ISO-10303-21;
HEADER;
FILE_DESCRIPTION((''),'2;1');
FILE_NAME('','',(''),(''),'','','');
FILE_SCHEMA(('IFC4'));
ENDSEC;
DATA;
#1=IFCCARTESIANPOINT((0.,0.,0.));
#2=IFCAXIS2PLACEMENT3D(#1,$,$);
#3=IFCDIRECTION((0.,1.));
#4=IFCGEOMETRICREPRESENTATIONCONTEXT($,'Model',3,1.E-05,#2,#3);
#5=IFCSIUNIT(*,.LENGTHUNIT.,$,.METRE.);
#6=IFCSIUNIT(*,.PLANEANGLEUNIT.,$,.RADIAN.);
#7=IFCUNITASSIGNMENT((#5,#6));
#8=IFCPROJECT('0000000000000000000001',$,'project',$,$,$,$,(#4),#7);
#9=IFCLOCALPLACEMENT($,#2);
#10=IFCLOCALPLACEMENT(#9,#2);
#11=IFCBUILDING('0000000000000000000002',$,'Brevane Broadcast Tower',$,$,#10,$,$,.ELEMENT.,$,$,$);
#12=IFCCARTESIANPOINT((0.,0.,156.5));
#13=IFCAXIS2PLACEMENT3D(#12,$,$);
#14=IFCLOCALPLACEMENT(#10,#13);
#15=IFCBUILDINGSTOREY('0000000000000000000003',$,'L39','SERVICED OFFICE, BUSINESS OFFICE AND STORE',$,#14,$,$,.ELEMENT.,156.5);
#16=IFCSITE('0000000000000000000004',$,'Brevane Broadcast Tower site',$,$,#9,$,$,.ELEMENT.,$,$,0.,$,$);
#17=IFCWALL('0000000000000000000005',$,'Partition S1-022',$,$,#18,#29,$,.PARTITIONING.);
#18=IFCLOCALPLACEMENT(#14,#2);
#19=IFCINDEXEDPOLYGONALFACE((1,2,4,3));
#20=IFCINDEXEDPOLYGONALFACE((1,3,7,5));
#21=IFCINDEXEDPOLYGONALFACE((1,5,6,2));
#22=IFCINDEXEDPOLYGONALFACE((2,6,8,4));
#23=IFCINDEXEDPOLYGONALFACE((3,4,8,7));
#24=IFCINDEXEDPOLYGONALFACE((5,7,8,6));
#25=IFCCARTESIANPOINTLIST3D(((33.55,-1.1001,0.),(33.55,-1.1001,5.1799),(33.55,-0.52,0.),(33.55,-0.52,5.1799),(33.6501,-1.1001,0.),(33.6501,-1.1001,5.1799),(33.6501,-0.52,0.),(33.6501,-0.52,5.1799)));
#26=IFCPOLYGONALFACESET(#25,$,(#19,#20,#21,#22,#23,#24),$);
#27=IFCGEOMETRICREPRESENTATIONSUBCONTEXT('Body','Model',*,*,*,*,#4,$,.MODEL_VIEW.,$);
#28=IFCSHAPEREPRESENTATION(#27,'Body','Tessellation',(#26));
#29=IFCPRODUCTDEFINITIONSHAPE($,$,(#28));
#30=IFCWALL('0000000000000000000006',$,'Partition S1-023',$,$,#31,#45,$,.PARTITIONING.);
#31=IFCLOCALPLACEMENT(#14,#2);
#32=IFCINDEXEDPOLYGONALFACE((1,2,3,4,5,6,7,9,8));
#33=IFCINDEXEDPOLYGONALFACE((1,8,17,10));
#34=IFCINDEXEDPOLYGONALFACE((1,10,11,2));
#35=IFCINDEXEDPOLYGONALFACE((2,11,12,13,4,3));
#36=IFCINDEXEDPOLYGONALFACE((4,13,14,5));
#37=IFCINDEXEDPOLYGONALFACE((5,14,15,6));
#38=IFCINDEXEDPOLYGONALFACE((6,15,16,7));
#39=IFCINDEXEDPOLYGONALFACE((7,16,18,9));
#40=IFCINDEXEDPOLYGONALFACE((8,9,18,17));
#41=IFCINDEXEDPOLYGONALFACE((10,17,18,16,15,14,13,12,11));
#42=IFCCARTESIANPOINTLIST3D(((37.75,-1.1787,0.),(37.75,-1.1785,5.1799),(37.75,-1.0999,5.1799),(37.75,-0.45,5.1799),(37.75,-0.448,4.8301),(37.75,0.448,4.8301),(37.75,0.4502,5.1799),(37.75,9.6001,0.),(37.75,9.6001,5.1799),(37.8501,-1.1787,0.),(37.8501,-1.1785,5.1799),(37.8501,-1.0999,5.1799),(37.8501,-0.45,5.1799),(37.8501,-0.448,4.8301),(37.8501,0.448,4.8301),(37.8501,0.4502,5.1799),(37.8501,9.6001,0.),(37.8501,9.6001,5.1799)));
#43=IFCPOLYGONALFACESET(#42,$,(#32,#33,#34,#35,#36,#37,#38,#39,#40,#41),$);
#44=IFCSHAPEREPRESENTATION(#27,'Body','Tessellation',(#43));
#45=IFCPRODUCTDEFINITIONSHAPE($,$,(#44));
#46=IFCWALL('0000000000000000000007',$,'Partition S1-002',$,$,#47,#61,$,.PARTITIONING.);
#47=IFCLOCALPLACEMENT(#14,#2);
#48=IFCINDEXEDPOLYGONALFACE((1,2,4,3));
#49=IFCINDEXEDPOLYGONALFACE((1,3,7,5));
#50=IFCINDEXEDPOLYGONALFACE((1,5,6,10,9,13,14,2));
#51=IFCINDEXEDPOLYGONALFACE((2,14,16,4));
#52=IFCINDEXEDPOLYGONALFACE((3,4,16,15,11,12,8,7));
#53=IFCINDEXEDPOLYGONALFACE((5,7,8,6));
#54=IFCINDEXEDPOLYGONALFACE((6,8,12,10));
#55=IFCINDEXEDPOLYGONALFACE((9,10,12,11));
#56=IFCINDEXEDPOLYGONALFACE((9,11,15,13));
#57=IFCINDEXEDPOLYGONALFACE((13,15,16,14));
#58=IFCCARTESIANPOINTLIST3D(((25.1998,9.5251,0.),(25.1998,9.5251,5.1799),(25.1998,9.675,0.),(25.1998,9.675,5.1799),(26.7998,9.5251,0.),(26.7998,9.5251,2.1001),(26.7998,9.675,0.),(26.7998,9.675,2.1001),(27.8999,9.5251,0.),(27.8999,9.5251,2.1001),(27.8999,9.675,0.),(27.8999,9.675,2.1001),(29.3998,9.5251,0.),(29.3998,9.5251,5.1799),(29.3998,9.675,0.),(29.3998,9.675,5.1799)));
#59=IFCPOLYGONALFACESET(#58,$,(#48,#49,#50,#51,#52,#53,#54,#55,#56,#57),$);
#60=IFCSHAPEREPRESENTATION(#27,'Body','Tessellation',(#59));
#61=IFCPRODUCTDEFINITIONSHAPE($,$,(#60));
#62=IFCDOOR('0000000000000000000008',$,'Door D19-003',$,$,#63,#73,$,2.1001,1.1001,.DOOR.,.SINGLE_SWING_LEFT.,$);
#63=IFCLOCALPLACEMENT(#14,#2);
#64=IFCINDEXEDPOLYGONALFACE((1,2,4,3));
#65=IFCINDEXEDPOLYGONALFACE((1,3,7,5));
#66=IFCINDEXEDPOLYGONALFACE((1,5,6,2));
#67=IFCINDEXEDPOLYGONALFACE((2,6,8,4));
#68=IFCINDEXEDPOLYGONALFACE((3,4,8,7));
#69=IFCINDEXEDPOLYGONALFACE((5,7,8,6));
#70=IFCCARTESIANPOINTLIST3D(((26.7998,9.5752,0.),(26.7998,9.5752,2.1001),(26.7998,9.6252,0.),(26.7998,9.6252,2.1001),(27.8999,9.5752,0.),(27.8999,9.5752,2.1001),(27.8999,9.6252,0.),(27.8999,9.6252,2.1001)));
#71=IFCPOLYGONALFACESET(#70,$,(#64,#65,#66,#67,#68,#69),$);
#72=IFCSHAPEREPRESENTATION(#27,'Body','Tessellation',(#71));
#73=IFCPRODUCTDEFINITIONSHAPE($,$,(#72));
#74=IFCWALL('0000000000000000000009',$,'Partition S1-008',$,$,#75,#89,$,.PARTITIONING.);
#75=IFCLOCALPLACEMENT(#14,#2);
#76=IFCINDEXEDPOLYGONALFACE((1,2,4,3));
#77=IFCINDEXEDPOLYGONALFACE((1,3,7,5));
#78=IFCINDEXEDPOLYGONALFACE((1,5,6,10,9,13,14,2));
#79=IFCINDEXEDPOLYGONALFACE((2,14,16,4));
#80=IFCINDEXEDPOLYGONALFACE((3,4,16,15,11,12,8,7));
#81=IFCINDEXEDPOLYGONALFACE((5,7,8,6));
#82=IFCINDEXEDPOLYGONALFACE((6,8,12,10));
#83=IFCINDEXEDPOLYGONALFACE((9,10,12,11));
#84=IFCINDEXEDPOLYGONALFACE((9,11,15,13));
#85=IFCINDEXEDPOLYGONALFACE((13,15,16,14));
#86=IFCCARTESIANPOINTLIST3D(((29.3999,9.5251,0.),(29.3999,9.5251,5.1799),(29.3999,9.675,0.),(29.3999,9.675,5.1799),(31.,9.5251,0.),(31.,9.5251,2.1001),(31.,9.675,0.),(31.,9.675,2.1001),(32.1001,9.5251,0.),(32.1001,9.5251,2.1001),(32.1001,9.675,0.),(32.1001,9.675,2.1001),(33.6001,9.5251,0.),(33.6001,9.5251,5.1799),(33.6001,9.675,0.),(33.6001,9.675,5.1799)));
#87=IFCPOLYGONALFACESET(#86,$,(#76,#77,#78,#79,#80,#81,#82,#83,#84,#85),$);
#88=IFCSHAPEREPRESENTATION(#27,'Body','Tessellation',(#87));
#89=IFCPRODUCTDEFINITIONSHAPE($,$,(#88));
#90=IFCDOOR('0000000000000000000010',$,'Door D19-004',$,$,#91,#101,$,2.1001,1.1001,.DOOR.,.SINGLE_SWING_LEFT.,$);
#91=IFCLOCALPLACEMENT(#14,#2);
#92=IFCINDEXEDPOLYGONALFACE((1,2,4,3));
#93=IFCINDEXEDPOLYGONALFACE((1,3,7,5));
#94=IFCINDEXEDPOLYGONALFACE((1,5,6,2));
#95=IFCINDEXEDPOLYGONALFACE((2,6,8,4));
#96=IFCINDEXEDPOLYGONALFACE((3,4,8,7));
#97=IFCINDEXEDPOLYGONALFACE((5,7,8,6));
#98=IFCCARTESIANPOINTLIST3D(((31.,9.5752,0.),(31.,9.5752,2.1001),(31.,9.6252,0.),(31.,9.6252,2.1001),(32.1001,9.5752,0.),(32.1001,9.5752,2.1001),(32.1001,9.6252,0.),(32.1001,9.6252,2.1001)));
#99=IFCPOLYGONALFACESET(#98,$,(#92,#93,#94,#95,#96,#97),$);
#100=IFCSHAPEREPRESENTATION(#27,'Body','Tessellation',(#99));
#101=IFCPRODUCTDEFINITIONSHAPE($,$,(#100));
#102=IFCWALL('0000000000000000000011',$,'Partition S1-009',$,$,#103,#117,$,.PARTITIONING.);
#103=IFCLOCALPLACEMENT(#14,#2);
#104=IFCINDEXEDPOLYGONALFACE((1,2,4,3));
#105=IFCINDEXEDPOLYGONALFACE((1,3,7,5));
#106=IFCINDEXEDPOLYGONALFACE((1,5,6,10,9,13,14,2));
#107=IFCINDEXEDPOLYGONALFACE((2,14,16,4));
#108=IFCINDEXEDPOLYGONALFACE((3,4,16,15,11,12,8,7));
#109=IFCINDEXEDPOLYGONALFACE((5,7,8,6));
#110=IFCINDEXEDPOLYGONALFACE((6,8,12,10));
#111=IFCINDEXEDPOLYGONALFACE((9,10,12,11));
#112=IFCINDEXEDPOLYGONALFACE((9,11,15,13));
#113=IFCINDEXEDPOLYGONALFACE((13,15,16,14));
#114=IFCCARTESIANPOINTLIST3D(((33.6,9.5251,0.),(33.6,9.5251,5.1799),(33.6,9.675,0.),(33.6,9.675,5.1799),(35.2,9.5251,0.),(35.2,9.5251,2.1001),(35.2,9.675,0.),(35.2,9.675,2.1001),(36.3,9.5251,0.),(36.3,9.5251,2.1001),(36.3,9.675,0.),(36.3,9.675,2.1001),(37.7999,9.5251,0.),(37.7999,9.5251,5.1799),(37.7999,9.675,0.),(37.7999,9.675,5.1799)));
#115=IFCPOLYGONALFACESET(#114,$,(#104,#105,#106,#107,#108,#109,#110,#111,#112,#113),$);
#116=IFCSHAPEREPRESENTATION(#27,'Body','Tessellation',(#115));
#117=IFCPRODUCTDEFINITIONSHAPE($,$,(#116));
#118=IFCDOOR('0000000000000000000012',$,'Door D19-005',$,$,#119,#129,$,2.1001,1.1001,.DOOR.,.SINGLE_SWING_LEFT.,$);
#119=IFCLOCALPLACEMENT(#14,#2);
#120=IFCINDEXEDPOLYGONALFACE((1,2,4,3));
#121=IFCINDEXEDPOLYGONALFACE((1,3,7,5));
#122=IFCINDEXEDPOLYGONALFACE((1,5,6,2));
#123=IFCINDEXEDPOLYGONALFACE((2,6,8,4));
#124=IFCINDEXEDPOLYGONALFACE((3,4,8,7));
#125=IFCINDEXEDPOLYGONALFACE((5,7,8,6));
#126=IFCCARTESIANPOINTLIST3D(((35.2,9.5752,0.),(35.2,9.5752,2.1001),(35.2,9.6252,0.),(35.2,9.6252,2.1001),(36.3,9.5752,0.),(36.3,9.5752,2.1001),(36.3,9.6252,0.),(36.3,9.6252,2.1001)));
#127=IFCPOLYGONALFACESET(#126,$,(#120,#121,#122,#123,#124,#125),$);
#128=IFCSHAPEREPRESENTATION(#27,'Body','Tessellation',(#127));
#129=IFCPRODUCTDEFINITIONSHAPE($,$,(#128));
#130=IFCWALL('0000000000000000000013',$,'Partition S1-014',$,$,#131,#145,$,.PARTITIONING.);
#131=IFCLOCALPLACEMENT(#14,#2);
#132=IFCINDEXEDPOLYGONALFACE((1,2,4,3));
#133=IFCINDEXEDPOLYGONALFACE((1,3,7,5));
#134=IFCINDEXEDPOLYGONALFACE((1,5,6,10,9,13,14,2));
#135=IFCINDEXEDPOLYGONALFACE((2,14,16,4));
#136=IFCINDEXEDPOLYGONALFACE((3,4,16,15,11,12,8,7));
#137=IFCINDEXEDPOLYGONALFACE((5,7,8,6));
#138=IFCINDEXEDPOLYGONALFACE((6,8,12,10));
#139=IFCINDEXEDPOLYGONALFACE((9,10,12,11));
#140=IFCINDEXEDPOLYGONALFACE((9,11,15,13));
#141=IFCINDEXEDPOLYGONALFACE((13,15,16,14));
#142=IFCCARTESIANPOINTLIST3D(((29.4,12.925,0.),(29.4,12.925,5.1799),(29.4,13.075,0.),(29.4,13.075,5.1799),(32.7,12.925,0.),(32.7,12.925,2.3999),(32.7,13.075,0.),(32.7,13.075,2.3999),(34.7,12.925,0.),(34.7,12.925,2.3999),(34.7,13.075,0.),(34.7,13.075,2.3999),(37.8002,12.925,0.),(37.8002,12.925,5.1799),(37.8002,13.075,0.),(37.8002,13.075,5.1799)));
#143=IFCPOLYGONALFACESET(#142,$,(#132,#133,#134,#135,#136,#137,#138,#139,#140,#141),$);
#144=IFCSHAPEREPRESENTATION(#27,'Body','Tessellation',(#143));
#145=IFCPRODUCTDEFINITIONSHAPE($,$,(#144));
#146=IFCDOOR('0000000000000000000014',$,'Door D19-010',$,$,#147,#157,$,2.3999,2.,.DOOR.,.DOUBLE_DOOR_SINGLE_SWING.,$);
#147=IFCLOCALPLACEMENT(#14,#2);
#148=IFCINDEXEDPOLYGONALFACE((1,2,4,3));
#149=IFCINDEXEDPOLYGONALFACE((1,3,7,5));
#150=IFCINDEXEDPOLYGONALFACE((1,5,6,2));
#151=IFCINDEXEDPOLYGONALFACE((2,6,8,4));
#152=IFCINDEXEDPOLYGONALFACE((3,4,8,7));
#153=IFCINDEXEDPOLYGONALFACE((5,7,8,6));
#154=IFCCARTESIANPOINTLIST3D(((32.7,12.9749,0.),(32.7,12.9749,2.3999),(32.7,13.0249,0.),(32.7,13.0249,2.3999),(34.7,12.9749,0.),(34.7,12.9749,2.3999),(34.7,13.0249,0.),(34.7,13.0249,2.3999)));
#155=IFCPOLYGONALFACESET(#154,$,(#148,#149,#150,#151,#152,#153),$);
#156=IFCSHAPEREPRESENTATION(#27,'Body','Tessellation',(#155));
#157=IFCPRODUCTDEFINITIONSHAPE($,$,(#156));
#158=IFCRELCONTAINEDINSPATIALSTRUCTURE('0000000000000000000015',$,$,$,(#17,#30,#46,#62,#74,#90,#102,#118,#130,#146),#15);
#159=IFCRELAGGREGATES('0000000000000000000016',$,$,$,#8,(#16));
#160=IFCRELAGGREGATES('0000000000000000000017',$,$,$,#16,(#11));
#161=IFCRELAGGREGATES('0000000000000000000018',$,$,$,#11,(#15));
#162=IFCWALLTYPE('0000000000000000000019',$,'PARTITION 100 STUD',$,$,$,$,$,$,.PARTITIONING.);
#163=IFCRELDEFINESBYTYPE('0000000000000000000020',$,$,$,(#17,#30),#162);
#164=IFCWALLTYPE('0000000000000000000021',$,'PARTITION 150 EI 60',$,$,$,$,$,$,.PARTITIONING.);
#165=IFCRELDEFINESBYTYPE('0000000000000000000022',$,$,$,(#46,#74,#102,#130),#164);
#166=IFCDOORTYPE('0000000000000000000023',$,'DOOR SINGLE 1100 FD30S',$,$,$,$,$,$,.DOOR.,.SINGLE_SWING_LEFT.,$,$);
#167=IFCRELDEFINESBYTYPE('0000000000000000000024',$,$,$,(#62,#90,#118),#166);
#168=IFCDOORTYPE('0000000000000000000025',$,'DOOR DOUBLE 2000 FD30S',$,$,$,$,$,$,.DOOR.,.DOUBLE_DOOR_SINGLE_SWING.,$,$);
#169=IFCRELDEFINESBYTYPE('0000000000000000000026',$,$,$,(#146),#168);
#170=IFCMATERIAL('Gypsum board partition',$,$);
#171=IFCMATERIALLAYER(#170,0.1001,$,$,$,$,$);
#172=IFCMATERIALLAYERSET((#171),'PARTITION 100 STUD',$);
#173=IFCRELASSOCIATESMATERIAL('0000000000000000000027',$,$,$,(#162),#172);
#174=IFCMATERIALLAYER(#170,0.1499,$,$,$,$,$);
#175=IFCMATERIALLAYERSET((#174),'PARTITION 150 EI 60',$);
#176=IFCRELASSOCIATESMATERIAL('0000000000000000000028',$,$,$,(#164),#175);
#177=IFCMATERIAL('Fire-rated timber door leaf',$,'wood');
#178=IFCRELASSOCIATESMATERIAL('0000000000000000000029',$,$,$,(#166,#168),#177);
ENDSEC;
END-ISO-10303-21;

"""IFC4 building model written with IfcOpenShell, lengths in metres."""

from ifc_helpers import new_model, si_unit, direction, frame, frame_2d, origin, place, context, subcontext, project, spatial, polyline, rectangle, outline, extrude, material, layer, layer_set, type_object, element, fill, save


model = new_model("IFC4")

# Units and contexts
model_context = context("Model", 3, precision=1e-05, world=origin(), true_north=direction((0.0, 1.0)))
body_context = subcontext(model_context, "Body", "Model", "MODEL_VIEW")
ifc_project = project(units=[si_unit("LENGTHUNIT", "METRE"), si_unit("PLANEANGLEUNIT", "RADIAN")], contexts=[model_context])

# Site, building, storey
site_placement = place(None, origin())
site = spatial("IfcSite", under=ifc_project, at=site_placement, Name="Brevane Broadcast Tower site", CompositionType="ELEMENT", RefElevation=0.0)
building_placement = place(site_placement, origin())
building = spatial("IfcBuilding", under=site, at=building_placement, Name="Brevane Broadcast Tower", CompositionType="ELEMENT")
storey_placement = place(building_placement, frame((0.0, 0.0, 156.5)))
storey = spatial("IfcBuildingStorey", under=building, at=storey_placement, Name="L39", Description="SERVICED OFFICE, BUSINESS OFFICE AND STORE", CompositionType="ELEMENT", Elevation=156.5)

# Walls
ifc_material_1 = material(Name="Gypsum board partition")
ifc_layer_1 = layer(ifc_material_1, 0.1001)
ifc_layer_set_1 = layer_set([ifc_layer_1], Name="PARTITION 100 STUD")
wall_type_1 = type_object("IfcWallType", Name="PARTITION 100 STUD", PredefinedType="PARTITIONING", material=ifc_layer_set_1)
wall_1_placement = place(storey_placement, frame((33.6001, -0.52, 0.0), z_axis=(0.0, 0.0, 1.0), x_axis=(0.0, -1.0, 0.0)))
element("IfcWall", 1, at=wall_1_placement, inside=storey, type_object=wall_type_1, Name="Partition S1-022", PredefinedType="PARTITIONING", context=body_context, shape_type="SweptSolid", body=[
    extrude(rectangle(XDim=0.5801, YDim=0.1001, at=frame_2d((0.29, 0.0))), origin(), (0.0, 0.0, 1.0), 5.1799),
])
wall_2_placement = place(storey_placement, frame((37.8, 9.6001, 0.0), z_axis=(0.0, 0.0, 1.0), x_axis=(0.0, -1.0, 0.0)))
element("IfcWall", 2, at=wall_2_placement, inside=storey, type_object=wall_type_1, Name="Partition S1-023", PredefinedType="PARTITIONING", context=body_context, shape_type="SweptSolid", body=[
    extrude(outline(polyline([(0.0, 0.0), (10.7788, 0.0), (10.7786, 5.1799), (10.7, 5.1799), (10.05, 5.1799), (10.0481, 4.8301), (9.1521, 4.8301), (9.1499, 5.1799), (0.0, 5.1799), (0.0, 0.0)])), frame((0.0, 0.05, 0.0), z_axis=(0.0, -1.0, 0.0), x_axis=(1.0, 0.0, 0.0)), (0.0, 0.0, 1.0), 0.1001),
])

# Walls, openings, doors
ifc_layer_2 = layer(ifc_material_1, 0.1499)
ifc_layer_set_2 = layer_set([ifc_layer_2], Name="PARTITION 150 EI 60")
wall_type_2 = type_object("IfcWallType", Name="PARTITION 150 EI 60", PredefinedType="PARTITIONING", material=ifc_layer_set_2)
wall_3_placement = place(storey_placement, frame((29.3999, 9.6001, 0.0), z_axis=(0.0, 0.0, 1.0), x_axis=(-1.0, 0.0, 0.0)))
wall_3 = element("IfcWall", 3, at=wall_3_placement, inside=storey, type_object=wall_type_2, Name="Partition S1-002", PredefinedType="PARTITIONING", context=body_context, shape_type="SweptSolid", body=[
    extrude(rectangle(XDim=4.2, YDim=0.1499, at=frame_2d((2.1001, 0.0))), origin(), (0.0, 0.0, 1.0), 5.1799),
])
opening_1_placement = place(wall_3_placement, frame((1.5, 0.0, 0.0)))
opening_1 = element("IfcOpeningElement", 4, at=opening_1_placement, cuts=wall_3, PredefinedType="OPENING", context=body_context, shape_type="SweptSolid", body=[
    extrude(rectangle(XDim=1.1001, YDim=2.1001, at=frame_2d((0.55, 1.05))), frame((0.0, 0.085, 0.0), z_axis=(0.0, -1.0, 0.0), x_axis=(1.0, 0.0, 0.0)), (0.0, 0.0, 1.0), 0.1699),
])
ifc_material_2 = material(Name="Fire-rated timber door leaf", Category="wood")
door_type_1 = type_object("IfcDoorType", Name="DOOR SINGLE 1100 FD30S", OperationType="SINGLE_SWING_LEFT", PredefinedType="DOOR", material=ifc_material_2)
door_1_placement = place(opening_1_placement, origin())
door_1 = element("IfcDoor", 5, at=door_1_placement, inside=storey, type_object=door_type_1, Name="Door D19-003", OperationType="SINGLE_SWING_LEFT", OverallHeight=2.1001, OverallWidth=1.1001, PredefinedType="DOOR", context=body_context, shape_type="SweptSolid", body=[
    extrude(rectangle(XDim=1.1001, YDim=2.1001, at=frame_2d((0.55, 1.05))), frame((0.0, 0.0249, 0.0), z_axis=(0.0, -1.0, 0.0), x_axis=(1.0, 0.0, 0.0)), (0.0, 0.0, 1.0), 0.05),
])
fill(opening_1, door_1)
wall_4_placement = place(storey_placement, frame((33.6001, 9.6001, 0.0), z_axis=(0.0, 0.0, 1.0), x_axis=(-1.0, 0.0, 0.0)))
wall_4 = element("IfcWall", 6, at=wall_4_placement, inside=storey, type_object=wall_type_2, Name="Partition S1-008", PredefinedType="PARTITIONING", context=body_context, shape_type="SweptSolid", body=[
    extrude(rectangle(XDim=4.2002, YDim=0.1499, at=frame_2d((2.1001, 0.0))), origin(), (0.0, 0.0, 1.0), 5.1799),
])
opening_2_placement = place(wall_4_placement, frame((1.5, 0.0, 0.0)))
opening_2 = element("IfcOpeningElement", 7, at=opening_2_placement, cuts=wall_4, PredefinedType="OPENING", context=body_context, shape_type="SweptSolid", body=[
    extrude(rectangle(XDim=1.1001, YDim=2.1001, at=frame_2d((0.55, 1.05))), frame((0.0, 0.085, 0.0), z_axis=(0.0, -1.0, 0.0), x_axis=(1.0, 0.0, 0.0)), (0.0, 0.0, 1.0), 0.1699),
])
door_2_placement = place(opening_2_placement, origin())
door_2 = element("IfcDoor", 8, at=door_2_placement, inside=storey, type_object=door_type_1, Name="Door D19-004", OperationType="SINGLE_SWING_LEFT", OverallHeight=2.1001, OverallWidth=1.1001, PredefinedType="DOOR", context=body_context, shape_type="SweptSolid", body=[
    extrude(rectangle(XDim=1.1001, YDim=2.1001, at=frame_2d((0.55, 1.05))), frame((0.0, 0.0249, 0.0), z_axis=(0.0, -1.0, 0.0), x_axis=(1.0, 0.0, 0.0)), (0.0, 0.0, 1.0), 0.05),
])
fill(opening_2, door_2)
wall_5_placement = place(storey_placement, frame((37.8, 9.6001, 0.0), z_axis=(0.0, 0.0, 1.0), x_axis=(-1.0, 0.0, 0.0)))
wall_5 = element("IfcWall", 9, at=wall_5_placement, inside=storey, type_object=wall_type_2, Name="Partition S1-009", PredefinedType="PARTITIONING", context=body_context, shape_type="SweptSolid", body=[
    extrude(rectangle(XDim=4.2, YDim=0.1499, at=frame_2d((2.1001, 0.0))), origin(), (0.0, 0.0, 1.0), 5.1799),
])
opening_3_placement = place(wall_5_placement, frame((1.5, 0.0, 0.0)))
opening_3 = element("IfcOpeningElement", 10, at=opening_3_placement, cuts=wall_5, PredefinedType="OPENING", context=body_context, shape_type="SweptSolid", body=[
    extrude(rectangle(XDim=1.1001, YDim=2.1001, at=frame_2d((0.55, 1.05))), frame((0.0, 0.085, 0.0), z_axis=(0.0, -1.0, 0.0), x_axis=(1.0, 0.0, 0.0)), (0.0, 0.0, 1.0), 0.1699),
])
door_3_placement = place(opening_3_placement, origin())
door_3 = element("IfcDoor", 11, at=door_3_placement, inside=storey, type_object=door_type_1, Name="Door D19-005", OperationType="SINGLE_SWING_LEFT", OverallHeight=2.1001, OverallWidth=1.1001, PredefinedType="DOOR", context=body_context, shape_type="SweptSolid", body=[
    extrude(rectangle(XDim=1.1001, YDim=2.1001, at=frame_2d((0.55, 1.05))), frame((0.0, 0.0249, 0.0), z_axis=(0.0, -1.0, 0.0), x_axis=(1.0, 0.0, 0.0)), (0.0, 0.0, 1.0), 0.05),
])
fill(opening_3, door_3)
wall_6_placement = place(storey_placement, frame((29.3999, 13.0, 0.0), z_axis=(0.0, 0.0, 1.0), x_axis=(1.0, 0.0, 0.0)))
wall_6 = element("IfcWall", 12, at=wall_6_placement, inside=storey, type_object=wall_type_2, Name="Partition S1-014", PredefinedType="PARTITIONING", context=body_context, shape_type="SweptSolid", body=[
    extrude(rectangle(XDim=8.4001, YDim=0.1499, at=frame_2d((4.2002, 0.0))), origin(), (0.0, 0.0, 1.0), 5.1799),
])
opening_4_placement = place(wall_6_placement, frame((3.3, 0.0, 0.0)))
opening_4 = element("IfcOpeningElement", 13, at=opening_4_placement, cuts=wall_6, PredefinedType="OPENING", context=body_context, shape_type="SweptSolid", body=[
    extrude(rectangle(XDim=2.0, YDim=2.3999, at=frame_2d((1.0, 1.2))), frame((0.0, 0.085, 0.0), z_axis=(0.0, -1.0, 0.0), x_axis=(1.0, 0.0, 0.0)), (0.0, 0.0, 1.0), 0.1699),
])
door_type_2 = type_object("IfcDoorType", Name="DOOR DOUBLE 2000 FD30S", OperationType="DOUBLE_DOOR_SINGLE_SWING", PredefinedType="DOOR", material=ifc_material_2)
door_4_placement = place(opening_4_placement, origin())
door_4 = element("IfcDoor", 14, at=door_4_placement, inside=storey, type_object=door_type_2, Name="Door D19-010", OperationType="DOUBLE_DOOR_SINGLE_SWING", OverallHeight=2.3999, OverallWidth=2.0, PredefinedType="DOOR", context=body_context, shape_type="SweptSolid", body=[
    extrude(rectangle(XDim=2.0, YDim=2.3999, at=frame_2d((1.0, 1.2))), frame((0.0, 0.0249, 0.0), z_axis=(0.0, -1.0, 0.0), x_axis=(1.0, 0.0, 0.0)), (0.0, 0.0, 1.0), 0.05),
])
fill(opening_4, door_4)

save(model, "model.ifc")
